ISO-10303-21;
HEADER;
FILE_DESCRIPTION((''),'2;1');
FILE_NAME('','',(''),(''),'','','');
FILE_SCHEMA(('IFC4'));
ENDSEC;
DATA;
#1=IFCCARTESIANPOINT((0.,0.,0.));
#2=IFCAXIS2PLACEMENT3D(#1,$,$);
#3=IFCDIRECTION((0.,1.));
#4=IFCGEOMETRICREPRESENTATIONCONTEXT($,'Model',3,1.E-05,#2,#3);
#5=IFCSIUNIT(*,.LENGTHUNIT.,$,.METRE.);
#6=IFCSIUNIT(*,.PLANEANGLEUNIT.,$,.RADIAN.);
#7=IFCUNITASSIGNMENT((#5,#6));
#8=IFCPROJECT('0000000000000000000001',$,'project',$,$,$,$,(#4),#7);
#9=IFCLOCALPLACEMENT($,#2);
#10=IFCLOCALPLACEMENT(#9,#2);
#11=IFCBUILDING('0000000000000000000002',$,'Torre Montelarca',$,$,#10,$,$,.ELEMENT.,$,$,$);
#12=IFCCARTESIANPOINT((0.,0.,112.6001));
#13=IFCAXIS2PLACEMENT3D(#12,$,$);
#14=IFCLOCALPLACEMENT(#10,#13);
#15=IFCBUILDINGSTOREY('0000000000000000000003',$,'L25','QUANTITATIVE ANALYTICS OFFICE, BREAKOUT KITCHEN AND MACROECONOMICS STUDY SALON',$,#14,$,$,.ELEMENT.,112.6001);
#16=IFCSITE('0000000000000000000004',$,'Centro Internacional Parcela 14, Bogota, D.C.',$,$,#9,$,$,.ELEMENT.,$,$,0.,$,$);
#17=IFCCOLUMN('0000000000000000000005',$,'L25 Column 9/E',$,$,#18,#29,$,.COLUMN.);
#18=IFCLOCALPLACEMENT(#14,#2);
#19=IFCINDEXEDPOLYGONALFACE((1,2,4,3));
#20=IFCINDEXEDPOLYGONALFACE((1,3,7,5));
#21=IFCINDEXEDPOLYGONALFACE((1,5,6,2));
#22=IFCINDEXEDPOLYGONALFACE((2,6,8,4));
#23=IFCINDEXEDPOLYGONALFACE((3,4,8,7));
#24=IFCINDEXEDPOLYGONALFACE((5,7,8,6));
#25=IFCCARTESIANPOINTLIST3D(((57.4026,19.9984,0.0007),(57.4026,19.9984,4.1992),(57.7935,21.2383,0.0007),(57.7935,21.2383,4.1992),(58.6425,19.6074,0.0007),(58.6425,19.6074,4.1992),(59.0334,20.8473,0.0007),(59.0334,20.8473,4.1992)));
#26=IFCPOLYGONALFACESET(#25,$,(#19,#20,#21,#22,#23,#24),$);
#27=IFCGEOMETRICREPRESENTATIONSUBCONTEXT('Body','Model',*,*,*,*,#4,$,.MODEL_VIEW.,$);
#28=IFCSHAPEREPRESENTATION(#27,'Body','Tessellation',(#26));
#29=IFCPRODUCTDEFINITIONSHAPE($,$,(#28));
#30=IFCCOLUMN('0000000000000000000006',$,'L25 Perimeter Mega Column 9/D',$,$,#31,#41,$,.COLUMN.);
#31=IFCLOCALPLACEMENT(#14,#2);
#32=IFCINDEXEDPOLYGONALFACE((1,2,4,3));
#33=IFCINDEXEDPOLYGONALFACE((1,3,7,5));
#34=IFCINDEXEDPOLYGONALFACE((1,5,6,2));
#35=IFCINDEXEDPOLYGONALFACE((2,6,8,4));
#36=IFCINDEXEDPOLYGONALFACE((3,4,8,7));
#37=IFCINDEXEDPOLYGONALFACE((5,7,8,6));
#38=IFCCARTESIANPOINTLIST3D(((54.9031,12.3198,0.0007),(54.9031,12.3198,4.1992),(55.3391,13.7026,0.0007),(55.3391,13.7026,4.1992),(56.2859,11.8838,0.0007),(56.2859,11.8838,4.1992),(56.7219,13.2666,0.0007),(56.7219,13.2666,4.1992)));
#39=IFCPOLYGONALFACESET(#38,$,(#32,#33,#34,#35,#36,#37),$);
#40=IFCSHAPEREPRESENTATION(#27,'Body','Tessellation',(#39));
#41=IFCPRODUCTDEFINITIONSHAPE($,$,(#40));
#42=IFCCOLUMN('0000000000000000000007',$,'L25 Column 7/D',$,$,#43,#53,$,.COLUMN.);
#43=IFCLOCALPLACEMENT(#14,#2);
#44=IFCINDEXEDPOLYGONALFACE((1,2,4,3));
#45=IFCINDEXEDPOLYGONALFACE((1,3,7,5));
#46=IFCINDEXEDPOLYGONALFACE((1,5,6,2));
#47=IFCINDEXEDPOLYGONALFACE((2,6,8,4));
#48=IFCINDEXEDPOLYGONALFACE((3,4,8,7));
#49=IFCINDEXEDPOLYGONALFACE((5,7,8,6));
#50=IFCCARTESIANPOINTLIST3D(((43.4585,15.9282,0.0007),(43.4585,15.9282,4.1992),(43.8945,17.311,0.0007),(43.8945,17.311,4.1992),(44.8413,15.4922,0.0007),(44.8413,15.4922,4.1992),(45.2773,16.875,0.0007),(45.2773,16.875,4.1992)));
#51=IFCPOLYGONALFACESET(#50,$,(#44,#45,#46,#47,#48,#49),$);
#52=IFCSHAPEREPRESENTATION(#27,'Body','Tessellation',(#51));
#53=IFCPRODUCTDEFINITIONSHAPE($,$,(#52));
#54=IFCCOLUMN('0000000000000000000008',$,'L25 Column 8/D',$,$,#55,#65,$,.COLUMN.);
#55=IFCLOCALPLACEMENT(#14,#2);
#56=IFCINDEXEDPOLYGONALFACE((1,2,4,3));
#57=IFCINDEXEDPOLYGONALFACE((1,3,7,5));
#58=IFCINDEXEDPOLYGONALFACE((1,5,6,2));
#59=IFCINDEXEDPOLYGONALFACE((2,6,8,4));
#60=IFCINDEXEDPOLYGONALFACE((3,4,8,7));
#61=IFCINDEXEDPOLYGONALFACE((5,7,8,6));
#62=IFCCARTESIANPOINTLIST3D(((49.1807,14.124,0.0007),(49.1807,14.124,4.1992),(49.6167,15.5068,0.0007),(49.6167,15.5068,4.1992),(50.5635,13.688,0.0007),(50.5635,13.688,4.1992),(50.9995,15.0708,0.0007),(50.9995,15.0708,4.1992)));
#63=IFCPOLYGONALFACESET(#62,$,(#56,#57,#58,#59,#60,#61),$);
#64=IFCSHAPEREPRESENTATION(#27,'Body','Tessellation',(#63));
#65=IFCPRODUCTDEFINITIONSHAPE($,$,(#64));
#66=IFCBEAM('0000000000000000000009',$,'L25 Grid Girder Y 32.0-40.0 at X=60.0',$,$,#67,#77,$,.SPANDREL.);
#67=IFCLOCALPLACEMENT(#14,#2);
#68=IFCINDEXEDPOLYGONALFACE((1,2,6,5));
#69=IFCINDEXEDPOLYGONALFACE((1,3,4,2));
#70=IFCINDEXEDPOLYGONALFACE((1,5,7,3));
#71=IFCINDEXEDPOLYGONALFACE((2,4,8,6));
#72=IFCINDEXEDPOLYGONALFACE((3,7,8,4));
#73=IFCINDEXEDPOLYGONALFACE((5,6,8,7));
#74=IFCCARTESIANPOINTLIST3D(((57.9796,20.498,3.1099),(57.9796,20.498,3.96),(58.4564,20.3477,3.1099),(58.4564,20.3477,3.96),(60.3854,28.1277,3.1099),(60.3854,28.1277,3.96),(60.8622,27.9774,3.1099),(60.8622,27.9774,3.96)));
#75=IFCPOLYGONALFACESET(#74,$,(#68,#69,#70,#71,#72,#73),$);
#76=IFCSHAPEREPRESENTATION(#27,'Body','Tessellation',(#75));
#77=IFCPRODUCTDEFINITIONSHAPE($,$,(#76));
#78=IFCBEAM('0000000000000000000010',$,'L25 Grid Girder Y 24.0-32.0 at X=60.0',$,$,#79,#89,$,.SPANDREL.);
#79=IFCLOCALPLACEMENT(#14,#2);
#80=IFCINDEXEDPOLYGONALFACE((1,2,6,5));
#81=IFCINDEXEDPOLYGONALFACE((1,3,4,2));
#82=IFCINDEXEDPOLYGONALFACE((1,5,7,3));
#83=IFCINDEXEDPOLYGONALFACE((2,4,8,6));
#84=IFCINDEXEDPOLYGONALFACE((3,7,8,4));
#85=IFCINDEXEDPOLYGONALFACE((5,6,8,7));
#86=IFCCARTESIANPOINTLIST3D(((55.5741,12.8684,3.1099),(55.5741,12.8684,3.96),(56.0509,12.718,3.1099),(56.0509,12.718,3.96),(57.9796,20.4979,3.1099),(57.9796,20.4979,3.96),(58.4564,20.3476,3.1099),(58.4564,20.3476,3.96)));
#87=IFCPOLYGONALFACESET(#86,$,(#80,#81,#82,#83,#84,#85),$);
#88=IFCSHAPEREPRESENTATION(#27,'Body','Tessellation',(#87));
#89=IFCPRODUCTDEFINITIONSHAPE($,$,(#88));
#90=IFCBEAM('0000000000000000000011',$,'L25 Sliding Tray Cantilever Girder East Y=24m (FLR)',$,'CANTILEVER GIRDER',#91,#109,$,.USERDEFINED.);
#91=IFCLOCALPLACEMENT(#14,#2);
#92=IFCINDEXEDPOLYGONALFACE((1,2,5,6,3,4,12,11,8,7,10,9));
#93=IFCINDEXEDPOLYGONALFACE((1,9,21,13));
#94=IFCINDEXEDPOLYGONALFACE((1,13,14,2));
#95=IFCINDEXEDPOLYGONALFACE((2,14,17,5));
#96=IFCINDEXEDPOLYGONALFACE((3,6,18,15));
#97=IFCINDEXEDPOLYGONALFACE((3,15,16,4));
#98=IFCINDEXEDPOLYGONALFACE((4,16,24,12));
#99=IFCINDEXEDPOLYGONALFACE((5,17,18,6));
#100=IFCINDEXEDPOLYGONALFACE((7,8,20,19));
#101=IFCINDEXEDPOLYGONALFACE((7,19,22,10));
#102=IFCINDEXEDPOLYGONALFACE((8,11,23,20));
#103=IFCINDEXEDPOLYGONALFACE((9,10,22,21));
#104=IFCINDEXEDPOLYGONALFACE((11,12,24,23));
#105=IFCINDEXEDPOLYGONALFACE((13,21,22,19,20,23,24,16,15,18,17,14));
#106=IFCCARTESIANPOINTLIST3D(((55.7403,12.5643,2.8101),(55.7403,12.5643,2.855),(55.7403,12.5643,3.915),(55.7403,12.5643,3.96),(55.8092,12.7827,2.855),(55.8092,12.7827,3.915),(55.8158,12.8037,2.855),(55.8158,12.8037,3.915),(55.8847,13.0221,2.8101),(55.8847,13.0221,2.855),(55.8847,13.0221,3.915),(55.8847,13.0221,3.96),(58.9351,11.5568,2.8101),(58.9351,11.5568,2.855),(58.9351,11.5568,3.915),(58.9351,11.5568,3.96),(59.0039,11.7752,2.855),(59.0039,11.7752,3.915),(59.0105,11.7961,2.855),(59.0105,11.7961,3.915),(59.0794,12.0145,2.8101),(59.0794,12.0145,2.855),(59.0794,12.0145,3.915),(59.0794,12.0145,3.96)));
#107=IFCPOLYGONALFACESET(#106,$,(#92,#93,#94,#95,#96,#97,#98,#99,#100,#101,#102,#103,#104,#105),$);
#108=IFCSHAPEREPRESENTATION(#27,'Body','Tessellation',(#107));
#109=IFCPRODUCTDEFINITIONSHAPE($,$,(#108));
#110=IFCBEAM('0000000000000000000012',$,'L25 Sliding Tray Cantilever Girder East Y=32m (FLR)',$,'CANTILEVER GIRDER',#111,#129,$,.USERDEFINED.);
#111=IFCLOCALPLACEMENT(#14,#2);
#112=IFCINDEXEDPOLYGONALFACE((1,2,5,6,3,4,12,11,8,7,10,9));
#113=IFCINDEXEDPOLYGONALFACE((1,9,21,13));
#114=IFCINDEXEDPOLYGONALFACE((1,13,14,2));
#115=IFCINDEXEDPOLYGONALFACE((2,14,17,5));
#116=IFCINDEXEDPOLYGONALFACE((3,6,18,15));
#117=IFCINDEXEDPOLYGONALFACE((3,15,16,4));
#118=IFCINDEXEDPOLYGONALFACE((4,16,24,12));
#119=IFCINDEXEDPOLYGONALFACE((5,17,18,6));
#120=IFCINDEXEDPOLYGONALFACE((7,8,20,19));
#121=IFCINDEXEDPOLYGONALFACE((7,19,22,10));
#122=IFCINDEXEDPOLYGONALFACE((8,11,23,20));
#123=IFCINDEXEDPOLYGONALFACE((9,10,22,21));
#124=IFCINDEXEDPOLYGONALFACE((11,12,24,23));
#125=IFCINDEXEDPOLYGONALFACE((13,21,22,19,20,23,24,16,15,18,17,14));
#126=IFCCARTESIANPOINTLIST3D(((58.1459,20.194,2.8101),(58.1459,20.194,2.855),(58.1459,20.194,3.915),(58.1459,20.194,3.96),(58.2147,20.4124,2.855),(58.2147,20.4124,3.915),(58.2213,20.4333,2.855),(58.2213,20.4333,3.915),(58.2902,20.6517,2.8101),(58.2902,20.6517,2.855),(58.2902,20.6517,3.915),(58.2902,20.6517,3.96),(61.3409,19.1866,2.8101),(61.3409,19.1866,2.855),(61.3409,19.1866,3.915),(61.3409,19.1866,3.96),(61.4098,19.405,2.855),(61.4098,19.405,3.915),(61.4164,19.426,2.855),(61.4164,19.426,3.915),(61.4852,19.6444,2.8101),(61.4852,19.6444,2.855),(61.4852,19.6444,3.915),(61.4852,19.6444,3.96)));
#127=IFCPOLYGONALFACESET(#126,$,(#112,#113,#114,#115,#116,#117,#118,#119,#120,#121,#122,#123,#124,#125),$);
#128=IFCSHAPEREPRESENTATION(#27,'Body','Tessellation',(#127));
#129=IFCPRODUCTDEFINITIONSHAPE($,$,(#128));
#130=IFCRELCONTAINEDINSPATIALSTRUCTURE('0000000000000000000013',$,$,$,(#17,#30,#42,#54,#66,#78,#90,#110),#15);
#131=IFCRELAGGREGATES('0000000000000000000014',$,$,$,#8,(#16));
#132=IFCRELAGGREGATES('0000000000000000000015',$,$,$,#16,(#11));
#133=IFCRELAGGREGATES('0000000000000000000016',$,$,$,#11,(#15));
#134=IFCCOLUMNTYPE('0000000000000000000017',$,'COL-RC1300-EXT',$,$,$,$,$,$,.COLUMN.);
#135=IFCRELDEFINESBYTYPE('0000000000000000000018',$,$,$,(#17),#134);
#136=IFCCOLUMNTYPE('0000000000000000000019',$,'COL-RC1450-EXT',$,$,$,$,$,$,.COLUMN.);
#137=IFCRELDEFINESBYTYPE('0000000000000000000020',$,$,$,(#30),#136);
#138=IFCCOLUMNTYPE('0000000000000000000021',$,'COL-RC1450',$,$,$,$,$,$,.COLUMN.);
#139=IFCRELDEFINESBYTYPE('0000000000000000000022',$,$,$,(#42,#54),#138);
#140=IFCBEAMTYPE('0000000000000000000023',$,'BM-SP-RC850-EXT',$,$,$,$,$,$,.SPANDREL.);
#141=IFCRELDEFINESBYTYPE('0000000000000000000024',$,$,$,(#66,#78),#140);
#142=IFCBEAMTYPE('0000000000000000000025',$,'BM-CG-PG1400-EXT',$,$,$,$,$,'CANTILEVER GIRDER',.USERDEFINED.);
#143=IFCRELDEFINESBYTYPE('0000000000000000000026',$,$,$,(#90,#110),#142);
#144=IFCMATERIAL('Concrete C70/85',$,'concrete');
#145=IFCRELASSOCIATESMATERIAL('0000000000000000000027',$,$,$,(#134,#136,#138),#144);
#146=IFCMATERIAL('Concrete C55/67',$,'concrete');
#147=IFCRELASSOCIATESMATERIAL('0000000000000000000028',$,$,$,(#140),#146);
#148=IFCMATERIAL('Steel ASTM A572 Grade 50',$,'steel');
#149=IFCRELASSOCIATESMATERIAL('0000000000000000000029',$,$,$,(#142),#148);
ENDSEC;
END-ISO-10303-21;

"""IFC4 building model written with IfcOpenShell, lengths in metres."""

from ifc_helpers import new_model, si_unit, direction, frame, origin, origin_2d, place, context, subcontext, project, spatial, rectangle, i_section, extrude, source, transform, mapped, material, material_profile, profile_set, type_object, element, save


model = new_model("IFC4")

# Units and contexts
model_context = context("Model", 3, precision=1e-05, world=origin(), true_north=direction((0.0, 1.0)))
body_context = subcontext(model_context, "Body", "Model", "MODEL_VIEW")
ifc_project = project(units=[si_unit("LENGTHUNIT", "METRE"), si_unit("PLANEANGLEUNIT", "RADIAN")], contexts=[model_context])

# Site, building, storey
site_placement = place(None, origin())
site = spatial("IfcSite", under=ifc_project, at=site_placement, Name="Centro Internacional Parcela 14, Bogota, D.C.", CompositionType="ELEMENT", RefElevation=0.0)
building_placement = place(site_placement, origin())
building = spatial("IfcBuilding", under=site, at=building_placement, Name="Torre Montelarca", CompositionType="ELEMENT")
storey_placement = place(building_placement, frame((0.0, 0.0, 112.6001)))
storey = spatial("IfcBuildingStorey", under=building, at=storey_placement, Name="L25", Description="QUANTITATIVE ANALYTICS OFFICE, BREAKOUT KITCHEN AND MACROECONOMICS STUDY SALON", CompositionType="ELEMENT", Elevation=112.6001)

# Columns
ifc_material_1 = material(Name="Concrete C70/85", Category="concrete")
ifc_material_profile_1 = material_profile(ifc_material_1, rectangle(XDim=1.3, YDim=1.3, at=origin_2d()), Name="RC1300X1300", Category="concrete")
ifc_profile_set_1 = profile_set([ifc_material_profile_1], Name="Concrete C70/85")
column_type_1 = type_object("IfcColumnType", Name="COL-RC1300-EXT", PredefinedType="COLUMN", material=ifc_profile_set_1)
shared_shape_1 = source(origin(), body_context, "Body", "SweptSolid", [
    extrude(rectangle(XDim=1.3, YDim=1.3, at=origin_2d()), origin(), (0.0, 0.0, 1.0), 4.1985),
])
column_1_placement = place(storey_placement, frame((58.218, 20.4229, 0.0007), z_axis=(0.0, 0.0, 1.0), x_axis=(-0.953717, 0.300706, 0.0)))
element("IfcColumn", 1, at=column_1_placement, inside=storey, type_object=column_type_1, Name="L25 Column 9/E", PredefinedType="COLUMN", context=body_context, shape_type="MappedRepresentation", body=[
    mapped(shared_shape_1, transform((0.0, 0.0, 0.0), scale=1.0)),
])
ifc_material_profile_2 = material_profile(ifc_material_1, rectangle(XDim=1.45, YDim=1.45, at=origin_2d()), Name="RC1450X1450", Category="concrete")
ifc_profile_set_2 = profile_set([ifc_material_profile_2], Name="Concrete C70/85")
column_type_2 = type_object("IfcColumnType", Name="COL-RC1450-EXT", PredefinedType="COLUMN", material=ifc_profile_set_2)
shared_shape_2 = source(origin(), body_context, "Body", "SweptSolid", [
    extrude(rectangle(XDim=1.45, YDim=1.45, at=origin_2d()), origin(), (0.0, 0.0, 1.0), 4.1985),
])
column_2_placement = place(storey_placement, frame((55.8125, 12.7932, 0.0007), z_axis=(0.0, 0.0, 1.0), x_axis=(-0.953717, 0.300706, 0.0)))
element("IfcColumn", 2, at=column_2_placement, inside=storey, type_object=column_type_2, Name="L25 Perimeter Mega Column 9/D", PredefinedType="COLUMN", context=body_context, shape_type="MappedRepresentation", body=[
    mapped(shared_shape_2, transform((0.0, 0.0, 0.0), scale=1.0)),
])
ifc_material_profile_3 = material_profile(ifc_material_1, rectangle(XDim=1.45, YDim=1.45, at=origin_2d()), Name="RC1450X1450", Category="concrete")
ifc_profile_set_3 = profile_set([ifc_material_profile_3], Name="Concrete C70/85")
column_type_3 = type_object("IfcColumnType", Name="COL-RC1450", PredefinedType="COLUMN", material=ifc_profile_set_3)
shared_shape_3 = source(origin(), body_context, "Body", "SweptSolid", [
    extrude(rectangle(XDim=1.45, YDim=1.45, at=origin_2d()), origin(), (0.0, 0.0, 1.0), 4.1985),
])
for number, where, z_axis, x_axis, name in (
    (3, (44.3679, 16.4016, 0.0007), (0.0, 0.0, 1.0), (-0.953717, 0.300706, 0.0), "L25 Column 7/D"),
    (4, (50.0901, 14.5974, 0.0007), (0.0, 0.0, 1.0), (-0.953717, 0.300706, 0.0), "L25 Column 8/D"),
):
    element("IfcColumn", number, at=place(storey_placement, frame(where, z_axis=z_axis, x_axis=x_axis)), inside=storey, type_object=column_type_3, Name=name, PredefinedType="COLUMN", context=body_context, shape_type="MappedRepresentation", body=[
        mapped(shared_shape_3, transform((0.0, 0.0, 0.0), scale=1.0)),
    ])

# Beams
ifc_material_2 = material(Name="Concrete C55/67", Category="concrete")
ifc_material_profile_4 = material_profile(ifc_material_2, rectangle(XDim=0.5, YDim=0.8501, at=origin_2d()), Name="RCB500X850", Category="concrete")
ifc_profile_set_4 = profile_set([ifc_material_profile_4], Name="Concrete C55/67")
beam_type_1 = type_object("IfcBeamType", Name="BM-SP-RC850-EXT", PredefinedType="SPANDREL", material=ifc_profile_set_4)
shared_shape_4 = source(origin(), body_context, "Body", "SweptSolid", [
    extrude(rectangle(XDim=0.5, YDim=0.8501, at=origin_2d()), origin(), (0.0, 0.0, 1.0), 8.0),
])
beam_1_placement = place(storey_placement, frame((58.218, 20.4229, 3.5349), z_axis=(0.300722, 0.953712, 0.0), x_axis=(-0.953712, 0.300722, 0.0)))
element("IfcBeam", 5, at=beam_1_placement, inside=storey, type_object=beam_type_1, Name="L25 Grid Girder Y 32.0-40.0 at X=60.0", PredefinedType="SPANDREL", context=body_context, shape_type="MappedRepresentation", body=[
    mapped(shared_shape_4, transform((0.0, 0.0, 0.0), scale=1.0)),
])
shared_shape_5 = source(origin(), body_context, "Body", "SweptSolid", [
    extrude(rectangle(XDim=0.5, YDim=0.8501, at=origin_2d()), origin(), (0.0, 0.0, 1.0), 7.9998),
])
beam_2_placement = place(storey_placement, frame((55.8125, 12.7932, 3.5349), z_axis=(0.300695, 0.95372, 0.0), x_axis=(-0.95372, 0.300695, 0.0)))
element("IfcBeam", 6, at=beam_2_placement, inside=storey, type_object=beam_type_1, Name="L25 Grid Girder Y 24.0-32.0 at X=60.0", PredefinedType="SPANDREL", context=body_context, shape_type="MappedRepresentation", body=[
    mapped(shared_shape_5, transform((0.0, 0.0, 0.0), scale=1.0)),
])
ifc_material_3 = material(Name="Steel ASTM A572 Grade 50", Category="steel")
ifc_material_profile_5 = material_profile(ifc_material_3, i_section(OverallWidth=0.48, OverallDepth=1.1499, WebThickness=0.022, FlangeThickness=0.0449, at=origin_2d()), Name="PG1150X480X22X45", Category="steel")
ifc_profile_set_5 = profile_set([ifc_material_profile_5], Name="Steel ASTM A572 Grade 50")
beam_type_2 = type_object("IfcBeamType", Name="BM-CG-PG1400-EXT", ElementType="CANTILEVER GIRDER", PredefinedType="USERDEFINED", material=ifc_profile_set_5)
shared_shape_6 = source(origin(), body_context, "Body", "SweptSolid", [
    extrude(i_section(OverallWidth=0.48, OverallDepth=1.1499, WebThickness=0.022, FlangeThickness=0.0449, at=origin_2d()), origin(), (0.0, 0.0, 1.0), 3.3499),
])
beam_3_placement = place(storey_placement, frame((55.8125, 12.7932, 3.385), z_axis=(0.953696, -0.300772, 0.0), x_axis=(0.300772, 0.953696, 0.0)))
element("IfcBeam", 7, at=beam_3_placement, inside=storey, type_object=beam_type_2, Name="L25 Sliding Tray Cantilever Girder East Y=24m (FLR)", ObjectType="CANTILEVER GIRDER", PredefinedType="USERDEFINED", context=body_context, shape_type="MappedRepresentation", body=[
    mapped(shared_shape_6, transform((0.0, 0.0, 0.0), scale=1.0)),
])
shared_shape_7 = source(origin(), body_context, "Body", "SweptSolid", [
    extrude(i_section(OverallWidth=0.48, OverallDepth=1.1499, WebThickness=0.022, FlangeThickness=0.0449, at=origin_2d()), origin(), (0.0, 0.0, 1.0), 3.3501),
])
beam_4_placement = place(storey_placement, frame((58.218, 20.4229, 3.385), z_axis=(0.953724, -0.300685, 0.0), x_axis=(0.300685, 0.953724, 0.0)))
element("IfcBeam", 8, at=beam_4_placement, inside=storey, type_object=beam_type_2, Name="L25 Sliding Tray Cantilever Girder East Y=32m (FLR)", ObjectType="CANTILEVER GIRDER", PredefinedType="USERDEFINED", context=body_context, shape_type="MappedRepresentation", body=[
    mapped(shared_shape_7, transform((0.0, 0.0, 0.0), scale=1.0)),
])

save(model, "model.ifc")
